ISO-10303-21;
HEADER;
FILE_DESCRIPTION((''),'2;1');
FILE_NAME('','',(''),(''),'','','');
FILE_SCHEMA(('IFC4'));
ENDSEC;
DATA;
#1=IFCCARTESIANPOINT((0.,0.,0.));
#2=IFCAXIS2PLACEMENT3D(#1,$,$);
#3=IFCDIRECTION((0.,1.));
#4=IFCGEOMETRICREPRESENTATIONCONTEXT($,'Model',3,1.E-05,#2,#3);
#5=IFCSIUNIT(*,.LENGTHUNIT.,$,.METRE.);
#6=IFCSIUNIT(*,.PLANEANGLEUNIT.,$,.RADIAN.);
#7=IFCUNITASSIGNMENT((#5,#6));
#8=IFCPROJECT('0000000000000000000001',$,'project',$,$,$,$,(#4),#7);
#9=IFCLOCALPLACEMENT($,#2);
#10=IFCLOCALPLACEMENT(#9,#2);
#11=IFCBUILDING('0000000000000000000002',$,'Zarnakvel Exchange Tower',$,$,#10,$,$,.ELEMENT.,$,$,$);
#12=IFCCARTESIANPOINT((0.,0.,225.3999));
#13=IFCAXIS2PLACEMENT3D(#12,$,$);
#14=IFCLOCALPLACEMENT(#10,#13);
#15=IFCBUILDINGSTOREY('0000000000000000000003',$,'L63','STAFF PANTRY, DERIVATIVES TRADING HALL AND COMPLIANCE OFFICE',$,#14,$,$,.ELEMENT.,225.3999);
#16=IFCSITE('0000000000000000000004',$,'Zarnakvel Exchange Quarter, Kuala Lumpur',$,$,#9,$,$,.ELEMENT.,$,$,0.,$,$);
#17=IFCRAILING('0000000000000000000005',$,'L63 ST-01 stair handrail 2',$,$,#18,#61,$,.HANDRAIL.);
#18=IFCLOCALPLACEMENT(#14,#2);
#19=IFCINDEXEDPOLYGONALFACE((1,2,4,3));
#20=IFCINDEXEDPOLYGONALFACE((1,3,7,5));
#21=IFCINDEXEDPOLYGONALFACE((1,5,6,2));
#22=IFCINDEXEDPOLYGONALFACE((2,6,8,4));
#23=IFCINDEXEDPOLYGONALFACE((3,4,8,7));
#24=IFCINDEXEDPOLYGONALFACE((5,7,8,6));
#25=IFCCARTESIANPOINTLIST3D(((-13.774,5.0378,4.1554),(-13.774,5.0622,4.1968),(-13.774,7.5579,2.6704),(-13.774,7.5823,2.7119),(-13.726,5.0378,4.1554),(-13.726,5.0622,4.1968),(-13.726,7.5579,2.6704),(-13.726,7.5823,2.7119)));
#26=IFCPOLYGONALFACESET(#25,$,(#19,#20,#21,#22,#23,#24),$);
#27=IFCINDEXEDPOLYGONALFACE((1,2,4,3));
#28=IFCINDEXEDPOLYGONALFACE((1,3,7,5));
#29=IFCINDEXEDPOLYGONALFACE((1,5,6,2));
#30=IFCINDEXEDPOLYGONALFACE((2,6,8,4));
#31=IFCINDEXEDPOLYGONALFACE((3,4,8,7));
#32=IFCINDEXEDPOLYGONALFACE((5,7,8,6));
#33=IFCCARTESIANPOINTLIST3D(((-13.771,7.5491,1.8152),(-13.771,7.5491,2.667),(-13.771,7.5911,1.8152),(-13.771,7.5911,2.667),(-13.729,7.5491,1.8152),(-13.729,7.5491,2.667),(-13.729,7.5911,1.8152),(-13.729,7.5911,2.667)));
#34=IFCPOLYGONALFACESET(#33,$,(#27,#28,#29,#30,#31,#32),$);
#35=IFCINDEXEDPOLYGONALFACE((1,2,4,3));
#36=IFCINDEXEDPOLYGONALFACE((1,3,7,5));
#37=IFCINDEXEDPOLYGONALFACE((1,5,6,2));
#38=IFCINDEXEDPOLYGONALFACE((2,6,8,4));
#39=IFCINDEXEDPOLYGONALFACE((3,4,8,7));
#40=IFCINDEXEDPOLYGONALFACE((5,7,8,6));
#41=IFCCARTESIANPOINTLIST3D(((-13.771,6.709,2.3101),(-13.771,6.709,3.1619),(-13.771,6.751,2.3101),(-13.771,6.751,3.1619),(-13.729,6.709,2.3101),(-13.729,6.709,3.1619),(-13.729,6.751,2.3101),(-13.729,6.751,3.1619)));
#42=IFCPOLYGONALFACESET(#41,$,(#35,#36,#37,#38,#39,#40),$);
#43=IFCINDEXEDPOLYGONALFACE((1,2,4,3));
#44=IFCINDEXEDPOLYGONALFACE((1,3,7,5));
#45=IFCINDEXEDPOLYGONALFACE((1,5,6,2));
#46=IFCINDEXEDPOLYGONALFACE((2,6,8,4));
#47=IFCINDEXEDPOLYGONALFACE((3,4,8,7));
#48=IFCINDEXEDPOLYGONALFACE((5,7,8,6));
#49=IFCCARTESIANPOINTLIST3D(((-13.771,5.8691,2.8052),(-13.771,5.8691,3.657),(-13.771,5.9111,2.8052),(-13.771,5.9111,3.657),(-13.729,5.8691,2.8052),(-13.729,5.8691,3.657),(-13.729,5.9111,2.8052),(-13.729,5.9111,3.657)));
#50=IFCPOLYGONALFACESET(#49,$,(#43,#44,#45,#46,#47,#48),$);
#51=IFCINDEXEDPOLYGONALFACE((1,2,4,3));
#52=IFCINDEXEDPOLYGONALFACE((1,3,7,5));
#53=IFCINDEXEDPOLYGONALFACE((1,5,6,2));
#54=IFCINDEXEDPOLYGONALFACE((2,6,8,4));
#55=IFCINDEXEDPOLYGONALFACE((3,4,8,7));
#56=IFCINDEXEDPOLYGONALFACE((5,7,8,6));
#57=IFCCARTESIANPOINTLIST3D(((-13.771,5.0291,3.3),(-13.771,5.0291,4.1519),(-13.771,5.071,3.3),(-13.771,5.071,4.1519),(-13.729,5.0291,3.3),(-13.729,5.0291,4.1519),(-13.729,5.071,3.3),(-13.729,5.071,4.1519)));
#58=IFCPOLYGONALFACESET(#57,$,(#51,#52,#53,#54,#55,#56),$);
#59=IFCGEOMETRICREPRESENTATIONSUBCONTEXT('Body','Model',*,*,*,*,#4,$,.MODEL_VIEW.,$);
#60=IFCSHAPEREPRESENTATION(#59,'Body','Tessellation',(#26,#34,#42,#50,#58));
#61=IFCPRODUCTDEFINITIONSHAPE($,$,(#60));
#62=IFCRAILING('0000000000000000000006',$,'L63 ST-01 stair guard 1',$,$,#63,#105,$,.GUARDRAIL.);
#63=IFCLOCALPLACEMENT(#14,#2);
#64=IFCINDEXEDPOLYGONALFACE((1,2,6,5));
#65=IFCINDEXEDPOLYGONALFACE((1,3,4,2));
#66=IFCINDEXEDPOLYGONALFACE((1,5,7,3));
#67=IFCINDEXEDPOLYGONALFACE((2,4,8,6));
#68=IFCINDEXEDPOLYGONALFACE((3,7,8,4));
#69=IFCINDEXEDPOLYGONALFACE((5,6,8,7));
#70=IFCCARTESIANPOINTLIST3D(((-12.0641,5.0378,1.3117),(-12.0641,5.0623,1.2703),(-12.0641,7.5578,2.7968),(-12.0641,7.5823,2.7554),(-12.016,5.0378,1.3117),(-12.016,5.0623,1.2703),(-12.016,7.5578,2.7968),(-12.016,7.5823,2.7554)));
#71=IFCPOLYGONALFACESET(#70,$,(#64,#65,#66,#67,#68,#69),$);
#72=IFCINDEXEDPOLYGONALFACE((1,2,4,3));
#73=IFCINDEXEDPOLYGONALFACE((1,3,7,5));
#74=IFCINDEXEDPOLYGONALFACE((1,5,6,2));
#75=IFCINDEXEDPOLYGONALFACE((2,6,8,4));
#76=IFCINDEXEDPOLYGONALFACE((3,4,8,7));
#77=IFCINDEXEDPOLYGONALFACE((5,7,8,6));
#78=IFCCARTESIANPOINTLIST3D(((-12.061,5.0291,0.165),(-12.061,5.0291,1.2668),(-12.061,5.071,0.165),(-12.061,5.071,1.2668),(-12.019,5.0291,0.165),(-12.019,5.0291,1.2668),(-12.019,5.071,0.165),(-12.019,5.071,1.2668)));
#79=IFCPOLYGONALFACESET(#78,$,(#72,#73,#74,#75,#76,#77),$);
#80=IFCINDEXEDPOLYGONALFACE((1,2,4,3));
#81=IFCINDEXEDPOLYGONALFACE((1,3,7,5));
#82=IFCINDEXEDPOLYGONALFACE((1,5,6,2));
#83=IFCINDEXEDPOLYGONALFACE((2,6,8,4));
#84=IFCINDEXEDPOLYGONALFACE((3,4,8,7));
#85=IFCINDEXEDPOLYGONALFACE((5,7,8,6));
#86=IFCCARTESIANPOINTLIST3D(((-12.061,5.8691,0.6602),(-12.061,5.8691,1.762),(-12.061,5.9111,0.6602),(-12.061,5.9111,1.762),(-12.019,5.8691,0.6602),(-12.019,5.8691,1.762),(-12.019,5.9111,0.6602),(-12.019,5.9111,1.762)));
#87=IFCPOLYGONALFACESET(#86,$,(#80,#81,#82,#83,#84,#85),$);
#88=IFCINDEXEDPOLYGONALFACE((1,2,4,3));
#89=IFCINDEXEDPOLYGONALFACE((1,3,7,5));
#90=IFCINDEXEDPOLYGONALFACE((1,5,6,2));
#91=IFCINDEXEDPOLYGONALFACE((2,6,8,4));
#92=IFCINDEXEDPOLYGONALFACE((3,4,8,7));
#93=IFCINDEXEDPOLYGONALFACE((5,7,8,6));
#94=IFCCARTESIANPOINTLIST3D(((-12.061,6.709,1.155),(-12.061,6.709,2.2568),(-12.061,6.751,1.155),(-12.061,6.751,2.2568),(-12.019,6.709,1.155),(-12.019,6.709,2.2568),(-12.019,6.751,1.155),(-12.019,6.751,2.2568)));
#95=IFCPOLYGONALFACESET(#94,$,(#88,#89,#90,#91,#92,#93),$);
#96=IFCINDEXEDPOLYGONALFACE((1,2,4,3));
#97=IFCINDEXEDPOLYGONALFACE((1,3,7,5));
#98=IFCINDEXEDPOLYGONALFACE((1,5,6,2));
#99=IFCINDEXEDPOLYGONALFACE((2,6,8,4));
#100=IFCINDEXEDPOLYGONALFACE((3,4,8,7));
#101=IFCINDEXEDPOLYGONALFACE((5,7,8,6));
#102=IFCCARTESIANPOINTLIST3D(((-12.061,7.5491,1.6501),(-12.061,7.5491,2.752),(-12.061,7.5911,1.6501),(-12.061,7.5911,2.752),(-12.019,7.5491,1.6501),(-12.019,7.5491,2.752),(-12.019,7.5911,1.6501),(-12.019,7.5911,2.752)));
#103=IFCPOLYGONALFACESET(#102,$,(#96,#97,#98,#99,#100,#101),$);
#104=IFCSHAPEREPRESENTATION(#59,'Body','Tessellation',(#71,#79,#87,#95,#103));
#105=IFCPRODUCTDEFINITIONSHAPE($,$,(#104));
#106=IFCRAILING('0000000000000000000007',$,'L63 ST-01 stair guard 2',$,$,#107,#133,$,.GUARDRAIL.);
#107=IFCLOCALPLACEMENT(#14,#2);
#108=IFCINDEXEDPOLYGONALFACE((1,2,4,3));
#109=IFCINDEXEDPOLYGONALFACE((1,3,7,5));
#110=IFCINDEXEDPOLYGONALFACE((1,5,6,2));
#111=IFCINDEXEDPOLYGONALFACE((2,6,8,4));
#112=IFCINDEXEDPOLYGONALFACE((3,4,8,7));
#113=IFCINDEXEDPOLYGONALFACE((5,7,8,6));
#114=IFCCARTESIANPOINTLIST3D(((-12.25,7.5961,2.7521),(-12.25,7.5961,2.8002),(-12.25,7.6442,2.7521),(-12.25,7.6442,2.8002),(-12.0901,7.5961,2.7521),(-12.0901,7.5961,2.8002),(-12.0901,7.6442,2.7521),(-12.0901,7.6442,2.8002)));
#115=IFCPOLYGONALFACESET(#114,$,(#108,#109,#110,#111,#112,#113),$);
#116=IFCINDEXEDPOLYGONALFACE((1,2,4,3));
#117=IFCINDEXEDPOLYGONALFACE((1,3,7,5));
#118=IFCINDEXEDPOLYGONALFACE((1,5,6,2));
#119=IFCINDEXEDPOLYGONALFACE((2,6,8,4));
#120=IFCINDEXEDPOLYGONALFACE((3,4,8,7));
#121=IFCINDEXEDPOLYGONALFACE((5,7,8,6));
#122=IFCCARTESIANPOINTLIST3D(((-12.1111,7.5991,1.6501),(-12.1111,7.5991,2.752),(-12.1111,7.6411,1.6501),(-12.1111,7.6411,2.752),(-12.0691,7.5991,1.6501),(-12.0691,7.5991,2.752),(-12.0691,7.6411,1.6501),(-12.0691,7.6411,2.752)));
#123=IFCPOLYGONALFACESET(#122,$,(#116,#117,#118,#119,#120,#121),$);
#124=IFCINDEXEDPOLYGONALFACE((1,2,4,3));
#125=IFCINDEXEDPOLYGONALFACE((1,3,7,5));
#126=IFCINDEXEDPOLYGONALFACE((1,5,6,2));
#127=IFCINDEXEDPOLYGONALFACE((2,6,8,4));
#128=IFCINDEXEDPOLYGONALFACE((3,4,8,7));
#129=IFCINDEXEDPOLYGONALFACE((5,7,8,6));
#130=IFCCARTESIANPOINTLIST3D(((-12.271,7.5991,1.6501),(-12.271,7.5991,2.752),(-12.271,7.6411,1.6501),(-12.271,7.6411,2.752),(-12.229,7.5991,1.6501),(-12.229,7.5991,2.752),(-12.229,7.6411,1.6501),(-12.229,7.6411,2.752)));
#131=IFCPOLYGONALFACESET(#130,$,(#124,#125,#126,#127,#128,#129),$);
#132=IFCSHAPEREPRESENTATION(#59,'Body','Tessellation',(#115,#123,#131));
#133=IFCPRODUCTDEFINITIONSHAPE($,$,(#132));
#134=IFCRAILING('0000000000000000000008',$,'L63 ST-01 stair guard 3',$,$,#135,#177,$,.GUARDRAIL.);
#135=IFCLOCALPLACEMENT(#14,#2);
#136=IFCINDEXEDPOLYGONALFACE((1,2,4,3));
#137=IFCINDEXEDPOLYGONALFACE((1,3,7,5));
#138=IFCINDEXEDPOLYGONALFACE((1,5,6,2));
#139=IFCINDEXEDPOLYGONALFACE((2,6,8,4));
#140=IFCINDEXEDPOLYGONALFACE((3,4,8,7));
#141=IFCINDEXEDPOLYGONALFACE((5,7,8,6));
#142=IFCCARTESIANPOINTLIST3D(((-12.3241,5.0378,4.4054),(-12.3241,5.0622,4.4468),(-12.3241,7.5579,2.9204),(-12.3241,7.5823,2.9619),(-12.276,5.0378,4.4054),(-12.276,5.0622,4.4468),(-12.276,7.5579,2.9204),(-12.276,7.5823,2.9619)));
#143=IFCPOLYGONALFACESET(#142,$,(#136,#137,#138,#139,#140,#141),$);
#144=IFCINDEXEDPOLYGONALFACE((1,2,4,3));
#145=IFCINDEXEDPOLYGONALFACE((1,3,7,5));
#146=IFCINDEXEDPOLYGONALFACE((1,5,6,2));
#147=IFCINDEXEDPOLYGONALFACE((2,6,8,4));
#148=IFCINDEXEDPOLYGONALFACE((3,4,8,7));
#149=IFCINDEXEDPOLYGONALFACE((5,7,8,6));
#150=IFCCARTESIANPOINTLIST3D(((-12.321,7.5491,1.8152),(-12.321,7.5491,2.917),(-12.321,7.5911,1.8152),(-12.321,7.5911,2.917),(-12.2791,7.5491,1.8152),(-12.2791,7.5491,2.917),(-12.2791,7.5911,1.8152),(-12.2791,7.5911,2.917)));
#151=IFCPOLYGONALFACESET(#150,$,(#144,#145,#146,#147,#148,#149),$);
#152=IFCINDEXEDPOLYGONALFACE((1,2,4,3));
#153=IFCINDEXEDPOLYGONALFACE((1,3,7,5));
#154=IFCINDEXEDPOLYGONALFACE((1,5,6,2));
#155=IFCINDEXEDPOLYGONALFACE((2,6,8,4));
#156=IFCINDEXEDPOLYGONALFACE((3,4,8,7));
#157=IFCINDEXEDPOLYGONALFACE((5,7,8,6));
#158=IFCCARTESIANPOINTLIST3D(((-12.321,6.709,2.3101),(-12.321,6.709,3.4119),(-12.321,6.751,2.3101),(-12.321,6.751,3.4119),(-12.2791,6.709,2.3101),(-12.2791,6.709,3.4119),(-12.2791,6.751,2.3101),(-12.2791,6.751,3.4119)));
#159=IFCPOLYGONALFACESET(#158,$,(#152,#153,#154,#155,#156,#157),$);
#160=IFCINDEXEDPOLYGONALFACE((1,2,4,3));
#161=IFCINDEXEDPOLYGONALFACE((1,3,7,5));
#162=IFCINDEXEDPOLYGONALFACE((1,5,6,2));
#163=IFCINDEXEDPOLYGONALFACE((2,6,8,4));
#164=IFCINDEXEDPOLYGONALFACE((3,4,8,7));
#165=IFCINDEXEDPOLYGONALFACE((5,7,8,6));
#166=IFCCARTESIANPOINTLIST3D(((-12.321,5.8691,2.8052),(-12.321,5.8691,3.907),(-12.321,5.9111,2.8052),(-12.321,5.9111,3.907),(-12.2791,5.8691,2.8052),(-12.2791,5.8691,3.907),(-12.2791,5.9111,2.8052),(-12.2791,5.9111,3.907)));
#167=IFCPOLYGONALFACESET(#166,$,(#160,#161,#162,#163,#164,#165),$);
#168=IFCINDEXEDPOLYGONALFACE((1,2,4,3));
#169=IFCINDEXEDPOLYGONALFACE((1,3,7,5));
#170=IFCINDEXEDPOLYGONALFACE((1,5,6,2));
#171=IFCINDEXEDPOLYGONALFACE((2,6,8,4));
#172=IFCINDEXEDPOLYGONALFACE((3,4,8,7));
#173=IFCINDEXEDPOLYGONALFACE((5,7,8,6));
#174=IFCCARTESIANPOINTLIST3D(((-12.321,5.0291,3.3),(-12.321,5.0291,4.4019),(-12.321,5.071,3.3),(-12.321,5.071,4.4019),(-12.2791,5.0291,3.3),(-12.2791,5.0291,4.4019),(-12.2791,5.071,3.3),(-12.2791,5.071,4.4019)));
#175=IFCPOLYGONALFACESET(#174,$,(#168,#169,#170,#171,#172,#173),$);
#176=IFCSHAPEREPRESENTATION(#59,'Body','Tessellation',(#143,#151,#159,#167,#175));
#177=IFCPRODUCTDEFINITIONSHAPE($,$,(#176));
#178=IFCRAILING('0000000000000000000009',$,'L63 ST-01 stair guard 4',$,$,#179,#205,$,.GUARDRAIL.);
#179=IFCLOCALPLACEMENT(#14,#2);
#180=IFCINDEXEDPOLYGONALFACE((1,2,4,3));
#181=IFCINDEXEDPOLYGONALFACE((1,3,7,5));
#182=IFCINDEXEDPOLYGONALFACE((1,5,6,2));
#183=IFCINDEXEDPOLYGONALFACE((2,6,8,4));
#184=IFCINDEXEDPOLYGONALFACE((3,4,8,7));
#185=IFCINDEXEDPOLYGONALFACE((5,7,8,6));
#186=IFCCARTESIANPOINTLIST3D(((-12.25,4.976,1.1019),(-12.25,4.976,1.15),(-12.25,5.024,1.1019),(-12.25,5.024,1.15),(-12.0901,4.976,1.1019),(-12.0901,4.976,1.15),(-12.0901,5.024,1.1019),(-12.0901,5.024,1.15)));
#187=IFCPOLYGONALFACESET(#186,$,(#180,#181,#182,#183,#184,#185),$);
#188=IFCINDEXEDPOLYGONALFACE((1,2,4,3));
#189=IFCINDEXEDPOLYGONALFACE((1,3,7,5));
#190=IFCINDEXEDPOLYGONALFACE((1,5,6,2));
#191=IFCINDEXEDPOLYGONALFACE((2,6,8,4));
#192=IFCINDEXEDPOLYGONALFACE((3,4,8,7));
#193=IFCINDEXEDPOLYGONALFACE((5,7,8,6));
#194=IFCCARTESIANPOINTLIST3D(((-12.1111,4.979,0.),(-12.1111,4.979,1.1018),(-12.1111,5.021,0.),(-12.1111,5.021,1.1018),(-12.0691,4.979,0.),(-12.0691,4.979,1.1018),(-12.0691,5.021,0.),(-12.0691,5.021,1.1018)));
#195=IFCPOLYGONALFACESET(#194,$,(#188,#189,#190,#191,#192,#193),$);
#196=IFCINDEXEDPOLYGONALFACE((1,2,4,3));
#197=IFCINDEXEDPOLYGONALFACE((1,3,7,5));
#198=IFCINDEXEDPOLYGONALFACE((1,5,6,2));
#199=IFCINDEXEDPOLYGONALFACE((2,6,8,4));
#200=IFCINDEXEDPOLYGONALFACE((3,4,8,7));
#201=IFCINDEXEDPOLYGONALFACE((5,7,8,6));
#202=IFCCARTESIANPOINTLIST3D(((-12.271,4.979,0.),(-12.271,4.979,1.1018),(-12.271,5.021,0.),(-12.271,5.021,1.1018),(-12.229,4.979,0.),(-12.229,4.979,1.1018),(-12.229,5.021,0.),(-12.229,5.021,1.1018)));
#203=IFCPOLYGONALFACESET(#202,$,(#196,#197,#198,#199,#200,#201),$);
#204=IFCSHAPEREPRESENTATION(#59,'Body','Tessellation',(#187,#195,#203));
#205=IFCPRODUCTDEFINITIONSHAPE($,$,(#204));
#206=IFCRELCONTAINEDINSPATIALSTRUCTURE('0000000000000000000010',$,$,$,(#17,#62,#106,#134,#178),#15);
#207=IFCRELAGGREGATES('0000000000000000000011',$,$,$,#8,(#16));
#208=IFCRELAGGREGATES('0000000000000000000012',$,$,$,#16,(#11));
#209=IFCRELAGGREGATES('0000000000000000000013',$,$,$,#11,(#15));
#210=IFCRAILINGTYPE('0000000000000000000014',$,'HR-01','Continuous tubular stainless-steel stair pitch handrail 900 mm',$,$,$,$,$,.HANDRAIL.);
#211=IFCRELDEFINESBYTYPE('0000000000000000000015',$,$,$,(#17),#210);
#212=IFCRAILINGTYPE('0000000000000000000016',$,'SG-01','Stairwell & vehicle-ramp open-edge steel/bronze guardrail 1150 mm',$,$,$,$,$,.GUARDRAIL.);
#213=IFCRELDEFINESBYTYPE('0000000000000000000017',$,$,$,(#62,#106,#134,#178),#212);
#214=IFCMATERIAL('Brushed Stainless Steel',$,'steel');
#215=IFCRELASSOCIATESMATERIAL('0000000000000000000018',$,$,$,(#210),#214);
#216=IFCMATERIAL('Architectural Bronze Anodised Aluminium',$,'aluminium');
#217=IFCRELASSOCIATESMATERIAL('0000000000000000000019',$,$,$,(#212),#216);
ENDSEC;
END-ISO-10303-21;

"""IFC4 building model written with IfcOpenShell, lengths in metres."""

from ifc_helpers import new_model, si_unit, direction, frame, origin, origin_2d, place, context, subcontext, project, spatial, rectangle, extrude, material, type_object, element, save


model = new_model("IFC4")

# Units and contexts
model_context = context("Model", 3, precision=1e-05, world=origin(), true_north=direction((0.0, 1.0)))
body_context = subcontext(model_context, "Body", "Model", "MODEL_VIEW")
ifc_project = project(units=[si_unit("LENGTHUNIT", "METRE"), si_unit("PLANEANGLEUNIT", "RADIAN")], contexts=[model_context])

# Site, building, storey
site_placement = place(None, origin())
site = spatial("IfcSite", under=ifc_project, at=site_placement, Name="Zarnakvel Exchange Quarter, Kuala Lumpur", CompositionType="ELEMENT", RefElevation=0.0)
building_placement = place(site_placement, origin())
building = spatial("IfcBuilding", under=site, at=building_placement, Name="Zarnakvel Exchange Tower", CompositionType="ELEMENT")
storey_placement = place(building_placement, frame((0.0, 0.0, 225.3999)))
storey = spatial("IfcBuildingStorey", under=building, at=storey_placement, Name="L63", Description="STAFF PANTRY, DERIVATIVES TRADING HALL AND COMPLIANCE OFFICE", CompositionType="ELEMENT", Elevation=225.3999)

# Shared definitions
ifc_material_1 = material(Name="Architectural Bronze Anodised Aluminium", Category="aluminium")

# Railings
ifc_material_2 = material(Name="Brushed Stainless Steel", Category="steel")
railing_type_1 = type_object("IfcRailingType", Name="HR-01", Description="Continuous tubular stainless-steel stair pitch handrail 900 mm", PredefinedType="HANDRAIL", material=ifc_material_2)
railing_1_placement = place(storey_placement, frame((-13.75, 7.5701, 1.8152)))
element("IfcRailing", 1, at=railing_1_placement, inside=storey, type_object=railing_type_1, Name="L63 ST-01 stair handrail 2", PredefinedType="HANDRAIL", context=body_context, shape_type="SweptSolid", body=[
    extrude(rectangle(XDim=0.0481, YDim=0.0481, at=origin_2d()), frame((0.0, 0.0, 0.876), z_axis=(0.0, -0.861561, 0.507655), x_axis=(1.0, 0.0, 0.0)), (0.0, 0.0, 1.0), 2.925),
    extrude(rectangle(XDim=0.042, YDim=0.042, at=origin_2d()), origin(), (0.0, 0.0, 1.0), 0.8518),
    extrude(rectangle(XDim=0.042, YDim=0.042, at=origin_2d()), frame((0.0, -0.8401, 0.4949)), (0.0, 0.0, 1.0), 0.8518),
    extrude(rectangle(XDim=0.042, YDim=0.042, at=origin_2d()), frame((0.0, -1.6799, 0.99)), (0.0, 0.0, 1.0), 0.8518),
    extrude(rectangle(XDim=0.042, YDim=0.042, at=origin_2d()), frame((0.0, -2.52, 1.4849)), (0.0, 0.0, 1.0), 0.8518),
])
railing_type_2 = type_object("IfcRailingType", Name="SG-01", Description="Stairwell & vehicle-ramp open-edge steel/bronze guardrail 1150 mm", PredefinedType="GUARDRAIL", material=ifc_material_1)
railing_2_placement = place(storey_placement, frame((-12.04, 5.05, 0.165)))
element("IfcRailing", 2, at=railing_2_placement, inside=storey, type_object=railing_type_2, Name="L63 ST-01 stair guard 1", PredefinedType="GUARDRAIL", context=body_context, shape_type="SweptSolid", body=[
    extrude(rectangle(XDim=0.0481, YDim=0.0481, at=origin_2d()), frame((0.0, 0.0, 1.126), z_axis=(0.0, 0.861524, 0.507717), x_axis=(-1.0, 0.0, 0.0)), (0.0, 0.0, 1.0), 2.925),
    extrude(rectangle(XDim=0.042, YDim=0.042, at=origin_2d()), origin(), (0.0, 0.0, 1.0), 1.1018),
    extrude(rectangle(XDim=0.042, YDim=0.042, at=origin_2d()), frame((0.0, 0.8401, 0.4951)), (0.0, 0.0, 1.0), 1.1018),
    extrude(rectangle(XDim=0.042, YDim=0.042, at=origin_2d()), frame((0.0, 1.6799, 0.99)), (0.0, 0.0, 1.0), 1.1018),
    extrude(rectangle(XDim=0.042, YDim=0.042, at=origin_2d()), frame((0.0, 2.52, 1.4851)), (0.0, 0.0, 1.0), 1.1018),
])
railing_3_placement = place(storey_placement, frame((-12.0901, 7.6201, 1.6501)))
element("IfcRailing", 3, at=railing_3_placement, inside=storey, type_object=railing_type_2, Name="L63 ST-01 stair guard 2", PredefinedType="GUARDRAIL", context=body_context, shape_type="SweptSolid", body=[
    extrude(rectangle(XDim=0.0481, YDim=0.0481, at=origin_2d()), frame((0.0, 0.0, 1.126), z_axis=(-1.0, 0.0, 0.0), x_axis=(0.0, -1.0, 0.0)), (0.0, 0.0, 1.0), 0.1599),
    extrude(rectangle(XDim=0.042, YDim=0.042, at=origin_2d()), origin(), (0.0, 0.0, 1.0), 1.1018),
    extrude(rectangle(XDim=0.042, YDim=0.042, at=origin_2d()), frame((-0.1599, 0.0, 0.0)), (0.0, 0.0, 1.0), 1.1018),
])
railing_4_placement = place(storey_placement, frame((-12.3, 7.5701, 1.8152)))
element("IfcRailing", 4, at=railing_4_placement, inside=storey, type_object=railing_type_2, Name="L63 ST-01 stair guard 3", PredefinedType="GUARDRAIL", context=body_context, shape_type="SweptSolid", body=[
    extrude(rectangle(XDim=0.0481, YDim=0.0481, at=origin_2d()), frame((0.0, 0.0, 1.126), z_axis=(0.0, -0.861561, 0.507655), x_axis=(1.0, 0.0, 0.0)), (0.0, 0.0, 1.0), 2.925),
    extrude(rectangle(XDim=0.042, YDim=0.042, at=origin_2d()), origin(), (0.0, 0.0, 1.0), 1.1018),
    extrude(rectangle(XDim=0.042, YDim=0.042, at=origin_2d()), frame((0.0, -0.8401, 0.4949)), (0.0, 0.0, 1.0), 1.1018),
    extrude(rectangle(XDim=0.042, YDim=0.042, at=origin_2d()), frame((0.0, -1.6799, 0.99)), (0.0, 0.0, 1.0), 1.1018),
    extrude(rectangle(XDim=0.042, YDim=0.042, at=origin_2d()), frame((0.0, -2.52, 1.4849)), (0.0, 0.0, 1.0), 1.1018),
])
railing_5_placement = place(storey_placement, frame((-12.0901, 5.0, 0.0)))
element("IfcRailing", 5, at=railing_5_placement, inside=storey, type_object=railing_type_2, Name="L63 ST-01 stair guard 4", PredefinedType="GUARDRAIL", context=body_context, shape_type="SweptSolid", body=[
    extrude(rectangle(XDim=0.0481, YDim=0.0481, at=origin_2d()), frame((0.0, 0.0, 1.126), z_axis=(-1.0, 0.0, 0.0), x_axis=(0.0, -1.0, 0.0)), (0.0, 0.0, 1.0), 0.1599),
    extrude(rectangle(XDim=0.042, YDim=0.042, at=origin_2d()), origin(), (0.0, 0.0, 1.0), 1.1018),
    extrude(rectangle(XDim=0.042, YDim=0.042, at=origin_2d()), frame((-0.1599, 0.0, 0.0)), (0.0, 0.0, 1.0), 1.1018),
])

save(model, "model.ifc")
